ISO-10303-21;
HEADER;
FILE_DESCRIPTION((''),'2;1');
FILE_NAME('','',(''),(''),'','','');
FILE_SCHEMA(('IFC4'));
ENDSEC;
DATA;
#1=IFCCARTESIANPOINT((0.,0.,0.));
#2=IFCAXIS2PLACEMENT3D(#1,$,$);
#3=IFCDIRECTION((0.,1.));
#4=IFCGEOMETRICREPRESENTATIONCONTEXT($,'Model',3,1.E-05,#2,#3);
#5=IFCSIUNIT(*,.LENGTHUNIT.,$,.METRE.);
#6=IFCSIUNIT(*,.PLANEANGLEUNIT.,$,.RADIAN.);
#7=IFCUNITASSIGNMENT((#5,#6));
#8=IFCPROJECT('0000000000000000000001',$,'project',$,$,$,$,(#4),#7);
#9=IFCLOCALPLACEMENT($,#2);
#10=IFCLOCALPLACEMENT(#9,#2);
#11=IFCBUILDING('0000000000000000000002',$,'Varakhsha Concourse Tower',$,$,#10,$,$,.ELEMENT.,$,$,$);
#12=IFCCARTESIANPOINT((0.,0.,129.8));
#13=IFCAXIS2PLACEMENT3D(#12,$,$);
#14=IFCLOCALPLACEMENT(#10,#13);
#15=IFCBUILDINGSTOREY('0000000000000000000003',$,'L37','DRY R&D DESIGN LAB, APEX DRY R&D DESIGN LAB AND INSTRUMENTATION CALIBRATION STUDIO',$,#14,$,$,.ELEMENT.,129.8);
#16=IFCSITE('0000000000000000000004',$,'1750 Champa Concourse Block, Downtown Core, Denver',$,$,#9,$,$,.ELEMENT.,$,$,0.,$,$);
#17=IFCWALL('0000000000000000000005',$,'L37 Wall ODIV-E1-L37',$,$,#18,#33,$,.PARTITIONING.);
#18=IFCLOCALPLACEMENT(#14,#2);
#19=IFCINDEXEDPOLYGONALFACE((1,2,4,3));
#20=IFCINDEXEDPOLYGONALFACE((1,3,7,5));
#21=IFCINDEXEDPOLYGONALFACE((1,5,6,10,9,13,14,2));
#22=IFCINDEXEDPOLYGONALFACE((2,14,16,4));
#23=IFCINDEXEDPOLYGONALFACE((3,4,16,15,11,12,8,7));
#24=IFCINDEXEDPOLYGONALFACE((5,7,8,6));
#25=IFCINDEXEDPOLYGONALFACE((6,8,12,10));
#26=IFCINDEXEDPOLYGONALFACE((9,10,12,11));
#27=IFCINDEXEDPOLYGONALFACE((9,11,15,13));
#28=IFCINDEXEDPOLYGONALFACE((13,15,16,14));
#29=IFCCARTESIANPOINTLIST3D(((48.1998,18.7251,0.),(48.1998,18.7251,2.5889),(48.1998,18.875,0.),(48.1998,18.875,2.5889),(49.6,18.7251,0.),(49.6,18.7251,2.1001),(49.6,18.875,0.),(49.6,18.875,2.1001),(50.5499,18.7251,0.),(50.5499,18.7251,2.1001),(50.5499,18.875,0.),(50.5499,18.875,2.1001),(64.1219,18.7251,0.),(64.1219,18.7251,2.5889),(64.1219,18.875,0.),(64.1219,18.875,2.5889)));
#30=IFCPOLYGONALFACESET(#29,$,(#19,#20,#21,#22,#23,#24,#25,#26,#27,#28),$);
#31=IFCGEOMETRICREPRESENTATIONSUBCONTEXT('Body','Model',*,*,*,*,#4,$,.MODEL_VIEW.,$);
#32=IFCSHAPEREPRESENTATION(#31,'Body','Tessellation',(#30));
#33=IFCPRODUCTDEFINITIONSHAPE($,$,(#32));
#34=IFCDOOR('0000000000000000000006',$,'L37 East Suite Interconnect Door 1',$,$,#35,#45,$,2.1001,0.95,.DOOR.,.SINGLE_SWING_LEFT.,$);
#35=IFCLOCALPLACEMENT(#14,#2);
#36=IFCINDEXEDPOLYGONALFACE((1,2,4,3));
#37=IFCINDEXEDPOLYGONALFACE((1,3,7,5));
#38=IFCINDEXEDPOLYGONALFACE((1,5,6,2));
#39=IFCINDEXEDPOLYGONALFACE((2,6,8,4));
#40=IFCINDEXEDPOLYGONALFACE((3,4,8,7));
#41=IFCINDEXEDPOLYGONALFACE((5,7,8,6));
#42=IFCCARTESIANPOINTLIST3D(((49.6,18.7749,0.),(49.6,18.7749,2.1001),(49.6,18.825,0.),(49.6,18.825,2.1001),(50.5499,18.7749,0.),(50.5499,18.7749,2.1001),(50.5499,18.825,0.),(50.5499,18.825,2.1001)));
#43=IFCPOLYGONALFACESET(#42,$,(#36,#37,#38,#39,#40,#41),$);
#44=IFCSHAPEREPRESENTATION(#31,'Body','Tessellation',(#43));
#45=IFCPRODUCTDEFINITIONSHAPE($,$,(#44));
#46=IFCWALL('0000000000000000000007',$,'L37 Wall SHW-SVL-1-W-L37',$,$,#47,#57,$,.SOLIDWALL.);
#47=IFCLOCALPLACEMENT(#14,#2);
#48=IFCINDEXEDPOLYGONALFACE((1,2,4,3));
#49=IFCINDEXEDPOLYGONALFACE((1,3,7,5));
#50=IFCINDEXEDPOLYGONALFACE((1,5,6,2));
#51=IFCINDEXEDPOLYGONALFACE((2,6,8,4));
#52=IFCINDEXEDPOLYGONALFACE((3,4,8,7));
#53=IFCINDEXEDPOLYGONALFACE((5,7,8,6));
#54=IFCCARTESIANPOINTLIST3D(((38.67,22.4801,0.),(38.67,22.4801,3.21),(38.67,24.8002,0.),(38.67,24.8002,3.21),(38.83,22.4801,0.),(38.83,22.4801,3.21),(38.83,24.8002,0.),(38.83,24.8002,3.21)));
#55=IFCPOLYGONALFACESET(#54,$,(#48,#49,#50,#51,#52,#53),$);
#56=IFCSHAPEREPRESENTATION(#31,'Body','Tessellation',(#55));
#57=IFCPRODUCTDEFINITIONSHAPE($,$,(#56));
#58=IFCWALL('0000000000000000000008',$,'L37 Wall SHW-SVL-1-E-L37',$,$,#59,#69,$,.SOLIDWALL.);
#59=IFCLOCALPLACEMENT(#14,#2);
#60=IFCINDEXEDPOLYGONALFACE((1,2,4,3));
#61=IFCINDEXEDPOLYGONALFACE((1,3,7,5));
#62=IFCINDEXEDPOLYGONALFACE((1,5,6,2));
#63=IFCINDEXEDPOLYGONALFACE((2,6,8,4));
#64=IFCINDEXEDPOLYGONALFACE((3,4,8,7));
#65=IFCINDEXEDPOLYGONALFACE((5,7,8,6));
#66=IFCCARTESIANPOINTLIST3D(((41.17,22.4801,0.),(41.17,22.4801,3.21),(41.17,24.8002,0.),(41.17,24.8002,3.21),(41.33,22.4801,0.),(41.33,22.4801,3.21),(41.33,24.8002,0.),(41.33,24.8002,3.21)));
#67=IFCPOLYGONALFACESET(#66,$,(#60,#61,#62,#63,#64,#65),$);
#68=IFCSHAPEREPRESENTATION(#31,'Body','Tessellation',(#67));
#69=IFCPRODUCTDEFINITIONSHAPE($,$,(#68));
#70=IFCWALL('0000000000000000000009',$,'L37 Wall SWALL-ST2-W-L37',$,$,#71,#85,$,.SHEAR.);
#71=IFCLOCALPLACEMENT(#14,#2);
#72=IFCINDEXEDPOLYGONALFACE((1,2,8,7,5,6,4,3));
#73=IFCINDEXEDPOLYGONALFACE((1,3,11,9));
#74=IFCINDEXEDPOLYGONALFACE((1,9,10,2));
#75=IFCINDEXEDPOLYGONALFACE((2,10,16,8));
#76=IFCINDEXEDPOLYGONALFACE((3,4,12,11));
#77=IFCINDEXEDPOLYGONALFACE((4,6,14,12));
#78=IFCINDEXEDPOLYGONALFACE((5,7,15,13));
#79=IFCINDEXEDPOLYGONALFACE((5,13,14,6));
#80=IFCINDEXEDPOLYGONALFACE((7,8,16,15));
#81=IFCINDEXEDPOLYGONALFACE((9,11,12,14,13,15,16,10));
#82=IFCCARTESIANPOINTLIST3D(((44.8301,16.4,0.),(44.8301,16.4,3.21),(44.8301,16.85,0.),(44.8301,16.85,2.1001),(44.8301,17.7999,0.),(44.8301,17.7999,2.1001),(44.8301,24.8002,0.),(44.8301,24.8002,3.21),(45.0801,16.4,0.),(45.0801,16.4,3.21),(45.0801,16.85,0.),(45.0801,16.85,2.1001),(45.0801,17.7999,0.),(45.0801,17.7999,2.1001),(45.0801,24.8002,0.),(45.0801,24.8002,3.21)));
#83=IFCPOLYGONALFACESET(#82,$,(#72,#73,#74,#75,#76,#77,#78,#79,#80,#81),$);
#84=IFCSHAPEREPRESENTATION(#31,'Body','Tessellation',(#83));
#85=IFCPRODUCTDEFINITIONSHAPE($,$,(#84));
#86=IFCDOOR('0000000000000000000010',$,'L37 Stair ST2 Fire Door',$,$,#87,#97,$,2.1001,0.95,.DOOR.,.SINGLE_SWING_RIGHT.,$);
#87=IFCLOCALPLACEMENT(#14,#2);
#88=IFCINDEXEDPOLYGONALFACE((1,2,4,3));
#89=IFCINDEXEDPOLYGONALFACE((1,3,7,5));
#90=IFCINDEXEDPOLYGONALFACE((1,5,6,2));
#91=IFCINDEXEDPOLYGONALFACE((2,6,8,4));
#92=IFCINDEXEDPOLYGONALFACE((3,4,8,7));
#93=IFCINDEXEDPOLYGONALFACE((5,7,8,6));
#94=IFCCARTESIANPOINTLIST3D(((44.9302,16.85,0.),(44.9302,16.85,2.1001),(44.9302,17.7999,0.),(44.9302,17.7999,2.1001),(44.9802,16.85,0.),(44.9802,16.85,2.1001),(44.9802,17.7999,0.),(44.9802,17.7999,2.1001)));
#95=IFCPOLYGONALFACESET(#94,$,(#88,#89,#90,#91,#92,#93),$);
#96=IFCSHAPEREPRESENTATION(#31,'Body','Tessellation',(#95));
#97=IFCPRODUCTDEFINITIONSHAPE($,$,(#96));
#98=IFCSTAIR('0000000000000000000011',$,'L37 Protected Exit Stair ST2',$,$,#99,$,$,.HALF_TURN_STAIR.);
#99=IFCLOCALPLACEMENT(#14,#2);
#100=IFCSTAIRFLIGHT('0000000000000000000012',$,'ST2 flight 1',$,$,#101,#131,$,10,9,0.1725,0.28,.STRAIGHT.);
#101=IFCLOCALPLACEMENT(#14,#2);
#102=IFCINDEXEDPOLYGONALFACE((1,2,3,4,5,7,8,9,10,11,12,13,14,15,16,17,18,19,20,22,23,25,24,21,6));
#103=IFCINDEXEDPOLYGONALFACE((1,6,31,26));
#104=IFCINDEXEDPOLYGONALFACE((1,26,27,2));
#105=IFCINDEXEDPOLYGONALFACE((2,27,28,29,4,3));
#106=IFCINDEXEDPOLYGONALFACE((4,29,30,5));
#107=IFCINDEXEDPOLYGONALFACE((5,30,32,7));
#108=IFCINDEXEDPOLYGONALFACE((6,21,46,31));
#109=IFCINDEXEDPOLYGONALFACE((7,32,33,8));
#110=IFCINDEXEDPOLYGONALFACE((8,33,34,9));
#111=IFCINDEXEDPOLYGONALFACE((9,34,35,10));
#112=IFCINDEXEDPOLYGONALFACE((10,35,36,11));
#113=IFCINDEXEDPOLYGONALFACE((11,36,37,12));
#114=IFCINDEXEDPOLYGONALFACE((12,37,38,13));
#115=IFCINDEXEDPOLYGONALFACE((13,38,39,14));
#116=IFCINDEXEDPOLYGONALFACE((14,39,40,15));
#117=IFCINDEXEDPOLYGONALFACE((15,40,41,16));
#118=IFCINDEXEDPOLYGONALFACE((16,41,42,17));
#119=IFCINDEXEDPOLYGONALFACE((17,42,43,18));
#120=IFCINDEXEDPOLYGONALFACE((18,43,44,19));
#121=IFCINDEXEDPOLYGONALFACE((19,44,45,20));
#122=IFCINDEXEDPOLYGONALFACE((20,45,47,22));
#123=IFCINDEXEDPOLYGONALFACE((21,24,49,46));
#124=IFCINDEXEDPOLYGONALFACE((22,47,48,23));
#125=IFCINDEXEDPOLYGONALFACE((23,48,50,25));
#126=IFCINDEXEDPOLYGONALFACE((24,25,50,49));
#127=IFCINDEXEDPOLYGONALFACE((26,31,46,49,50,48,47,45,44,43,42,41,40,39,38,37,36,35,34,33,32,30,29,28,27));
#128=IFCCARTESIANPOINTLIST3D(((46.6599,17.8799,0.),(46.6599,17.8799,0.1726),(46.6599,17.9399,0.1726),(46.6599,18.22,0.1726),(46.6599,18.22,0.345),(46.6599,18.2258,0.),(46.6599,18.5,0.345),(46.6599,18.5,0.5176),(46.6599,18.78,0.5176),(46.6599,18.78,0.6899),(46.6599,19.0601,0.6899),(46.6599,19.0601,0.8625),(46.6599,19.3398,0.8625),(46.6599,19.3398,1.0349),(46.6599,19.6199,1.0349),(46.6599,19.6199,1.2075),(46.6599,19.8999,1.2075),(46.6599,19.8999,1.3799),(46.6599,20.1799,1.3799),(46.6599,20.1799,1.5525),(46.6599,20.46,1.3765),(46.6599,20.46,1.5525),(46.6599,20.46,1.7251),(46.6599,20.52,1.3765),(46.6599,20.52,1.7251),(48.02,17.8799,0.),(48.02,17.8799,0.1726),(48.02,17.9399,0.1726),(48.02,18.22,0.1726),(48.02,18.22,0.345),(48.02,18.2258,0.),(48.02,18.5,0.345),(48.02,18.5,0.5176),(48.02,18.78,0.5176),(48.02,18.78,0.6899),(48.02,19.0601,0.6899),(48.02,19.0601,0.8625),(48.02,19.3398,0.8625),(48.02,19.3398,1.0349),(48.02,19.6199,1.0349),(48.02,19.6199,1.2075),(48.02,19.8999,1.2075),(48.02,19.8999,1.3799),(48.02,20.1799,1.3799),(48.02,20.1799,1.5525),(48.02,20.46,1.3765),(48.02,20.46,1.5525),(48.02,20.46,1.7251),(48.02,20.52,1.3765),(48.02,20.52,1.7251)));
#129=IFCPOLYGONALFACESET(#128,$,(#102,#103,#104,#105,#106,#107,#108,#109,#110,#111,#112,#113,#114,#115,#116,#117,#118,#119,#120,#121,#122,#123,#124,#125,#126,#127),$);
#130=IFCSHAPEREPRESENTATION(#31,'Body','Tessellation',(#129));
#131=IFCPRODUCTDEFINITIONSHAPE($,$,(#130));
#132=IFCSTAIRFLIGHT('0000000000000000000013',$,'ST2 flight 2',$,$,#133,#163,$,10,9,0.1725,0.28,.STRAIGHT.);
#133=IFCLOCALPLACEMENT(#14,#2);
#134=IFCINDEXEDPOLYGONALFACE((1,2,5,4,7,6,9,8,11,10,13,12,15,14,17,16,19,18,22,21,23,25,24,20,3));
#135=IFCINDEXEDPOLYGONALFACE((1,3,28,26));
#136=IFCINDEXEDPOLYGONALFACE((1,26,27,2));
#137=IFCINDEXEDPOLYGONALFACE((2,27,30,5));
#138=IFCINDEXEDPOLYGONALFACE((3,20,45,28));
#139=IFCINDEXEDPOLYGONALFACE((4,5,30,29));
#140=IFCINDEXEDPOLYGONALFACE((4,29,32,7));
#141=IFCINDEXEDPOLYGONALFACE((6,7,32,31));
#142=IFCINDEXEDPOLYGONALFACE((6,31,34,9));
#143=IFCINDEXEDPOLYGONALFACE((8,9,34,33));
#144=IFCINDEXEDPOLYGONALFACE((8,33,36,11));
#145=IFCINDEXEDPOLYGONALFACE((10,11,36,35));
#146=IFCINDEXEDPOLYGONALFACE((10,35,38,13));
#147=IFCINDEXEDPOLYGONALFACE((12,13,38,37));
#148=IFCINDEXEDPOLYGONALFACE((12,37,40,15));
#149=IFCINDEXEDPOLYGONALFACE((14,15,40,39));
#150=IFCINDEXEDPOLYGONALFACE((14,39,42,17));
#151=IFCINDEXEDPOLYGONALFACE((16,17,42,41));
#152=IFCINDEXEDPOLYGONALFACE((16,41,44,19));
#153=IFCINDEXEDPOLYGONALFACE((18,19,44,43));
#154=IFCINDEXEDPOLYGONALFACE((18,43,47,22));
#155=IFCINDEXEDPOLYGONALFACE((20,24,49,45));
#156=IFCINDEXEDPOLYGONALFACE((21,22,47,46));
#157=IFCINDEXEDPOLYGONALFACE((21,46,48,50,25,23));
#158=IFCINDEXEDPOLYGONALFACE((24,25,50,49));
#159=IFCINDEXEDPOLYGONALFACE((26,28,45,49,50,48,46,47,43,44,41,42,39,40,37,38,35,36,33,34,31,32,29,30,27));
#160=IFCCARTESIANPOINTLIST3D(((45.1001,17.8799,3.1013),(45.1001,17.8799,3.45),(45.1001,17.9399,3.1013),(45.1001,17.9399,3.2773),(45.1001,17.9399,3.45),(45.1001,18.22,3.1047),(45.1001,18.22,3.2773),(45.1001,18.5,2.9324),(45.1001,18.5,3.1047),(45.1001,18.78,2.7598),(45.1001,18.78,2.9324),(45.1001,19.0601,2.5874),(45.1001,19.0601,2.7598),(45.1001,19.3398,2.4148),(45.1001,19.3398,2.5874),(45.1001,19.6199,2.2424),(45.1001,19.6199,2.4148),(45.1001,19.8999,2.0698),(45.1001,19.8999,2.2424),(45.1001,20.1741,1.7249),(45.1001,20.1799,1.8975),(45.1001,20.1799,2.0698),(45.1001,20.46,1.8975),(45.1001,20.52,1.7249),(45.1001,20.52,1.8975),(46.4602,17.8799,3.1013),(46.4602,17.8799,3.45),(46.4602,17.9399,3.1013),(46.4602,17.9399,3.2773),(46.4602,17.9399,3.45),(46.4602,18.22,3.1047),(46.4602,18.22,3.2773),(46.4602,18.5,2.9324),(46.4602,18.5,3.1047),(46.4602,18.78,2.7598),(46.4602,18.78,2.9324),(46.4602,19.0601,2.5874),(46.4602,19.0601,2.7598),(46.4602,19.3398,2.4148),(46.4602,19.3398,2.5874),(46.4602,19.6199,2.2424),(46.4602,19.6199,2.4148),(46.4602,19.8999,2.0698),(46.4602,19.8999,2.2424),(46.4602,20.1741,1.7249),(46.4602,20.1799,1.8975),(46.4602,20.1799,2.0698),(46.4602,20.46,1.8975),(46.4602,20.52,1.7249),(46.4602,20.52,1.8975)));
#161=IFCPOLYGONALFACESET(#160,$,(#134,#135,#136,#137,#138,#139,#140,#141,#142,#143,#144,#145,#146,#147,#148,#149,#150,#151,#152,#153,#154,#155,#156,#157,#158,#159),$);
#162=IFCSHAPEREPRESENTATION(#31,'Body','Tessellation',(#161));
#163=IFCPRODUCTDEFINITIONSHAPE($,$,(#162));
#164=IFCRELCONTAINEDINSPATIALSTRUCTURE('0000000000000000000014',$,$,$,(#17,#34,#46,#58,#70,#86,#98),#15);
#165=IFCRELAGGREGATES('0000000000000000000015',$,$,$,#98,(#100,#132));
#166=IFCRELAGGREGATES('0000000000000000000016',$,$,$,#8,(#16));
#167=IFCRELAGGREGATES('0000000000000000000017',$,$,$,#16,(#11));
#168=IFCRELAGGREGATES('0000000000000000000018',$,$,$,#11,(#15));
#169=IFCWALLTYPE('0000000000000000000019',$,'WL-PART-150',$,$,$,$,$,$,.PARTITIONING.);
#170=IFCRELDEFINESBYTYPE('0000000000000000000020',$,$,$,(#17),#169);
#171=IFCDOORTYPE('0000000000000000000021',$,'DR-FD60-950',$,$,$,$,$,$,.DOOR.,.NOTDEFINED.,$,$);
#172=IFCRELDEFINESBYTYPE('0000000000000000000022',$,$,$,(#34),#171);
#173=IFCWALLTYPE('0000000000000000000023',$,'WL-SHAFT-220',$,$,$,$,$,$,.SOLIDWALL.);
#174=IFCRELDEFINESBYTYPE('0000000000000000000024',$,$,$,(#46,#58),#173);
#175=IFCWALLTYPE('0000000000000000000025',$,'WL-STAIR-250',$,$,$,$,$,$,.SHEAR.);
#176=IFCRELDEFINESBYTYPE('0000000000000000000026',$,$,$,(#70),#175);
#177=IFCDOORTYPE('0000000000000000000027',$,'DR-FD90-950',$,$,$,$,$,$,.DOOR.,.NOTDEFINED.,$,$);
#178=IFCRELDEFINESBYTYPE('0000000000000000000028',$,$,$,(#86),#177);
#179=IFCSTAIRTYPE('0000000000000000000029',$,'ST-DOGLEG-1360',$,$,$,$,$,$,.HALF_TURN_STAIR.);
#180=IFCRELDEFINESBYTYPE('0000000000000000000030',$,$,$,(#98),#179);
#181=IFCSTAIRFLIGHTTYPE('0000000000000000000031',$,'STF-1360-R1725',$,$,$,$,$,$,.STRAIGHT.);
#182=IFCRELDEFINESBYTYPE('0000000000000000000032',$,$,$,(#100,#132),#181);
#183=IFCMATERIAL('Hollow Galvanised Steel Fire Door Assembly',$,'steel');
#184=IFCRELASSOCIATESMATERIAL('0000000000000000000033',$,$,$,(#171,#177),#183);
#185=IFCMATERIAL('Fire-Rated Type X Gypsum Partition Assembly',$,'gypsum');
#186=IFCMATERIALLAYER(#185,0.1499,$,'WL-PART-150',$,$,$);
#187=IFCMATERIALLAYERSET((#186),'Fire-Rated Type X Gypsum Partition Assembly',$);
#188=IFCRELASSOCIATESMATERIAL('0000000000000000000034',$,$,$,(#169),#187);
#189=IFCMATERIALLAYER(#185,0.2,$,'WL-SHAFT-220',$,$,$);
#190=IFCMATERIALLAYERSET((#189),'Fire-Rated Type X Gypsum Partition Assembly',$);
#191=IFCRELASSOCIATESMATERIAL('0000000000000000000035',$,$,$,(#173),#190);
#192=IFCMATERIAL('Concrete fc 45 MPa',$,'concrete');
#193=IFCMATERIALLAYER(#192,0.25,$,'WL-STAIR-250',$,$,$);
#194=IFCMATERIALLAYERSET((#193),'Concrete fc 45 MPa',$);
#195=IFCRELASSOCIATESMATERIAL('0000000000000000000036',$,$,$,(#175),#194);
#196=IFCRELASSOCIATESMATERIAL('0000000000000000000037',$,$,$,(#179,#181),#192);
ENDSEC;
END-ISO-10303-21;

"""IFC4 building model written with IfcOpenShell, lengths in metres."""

from ifc_helpers import new_model, si_unit, direction, frame, frame_2d, origin, place, context, subcontext, project, spatial, polyline, rectangle, outline, extrude, material, layer, layer_set, type_object, element, fill, aggregate, save


model = new_model("IFC4")

# Units and contexts
model_context = context("Model", 3, precision=1e-05, world=origin(), true_north=direction((0.0, 1.0)))
body_context = subcontext(model_context, "Body", "Model", "MODEL_VIEW")
ifc_project = project(units=[si_unit("LENGTHUNIT", "METRE"), si_unit("PLANEANGLEUNIT", "RADIAN")], contexts=[model_context])

# Site, building, storey
site_placement = place(None, origin())
site = spatial("IfcSite", under=ifc_project, at=site_placement, Name="1750 Champa Concourse Block, Downtown Core, Denver", CompositionType="ELEMENT", RefElevation=0.0)
building_placement = place(site_placement, origin())
building = spatial("IfcBuilding", under=site, at=building_placement, Name="Varakhsha Concourse Tower", CompositionType="ELEMENT")
storey_placement = place(building_placement, frame((0.0, 0.0, 129.8)))
storey = spatial("IfcBuildingStorey", under=building, at=storey_placement, Name="L37", Description="DRY R&D DESIGN LAB, APEX DRY R&D DESIGN LAB AND INSTRUMENTATION CALIBRATION STUDIO", CompositionType="ELEMENT", Elevation=129.8)

# Shared definitions
ifc_material_1 = material(Name="Fire-Rated Type X Gypsum Partition Assembly", Category="gypsum")
ifc_material_2 = material(Name="Hollow Galvanised Steel Fire Door Assembly", Category="steel")
door_type_1 = type_object("IfcDoorType", Name="DR-FD60-950", OperationType="NOTDEFINED", PredefinedType="DOOR", material=ifc_material_2)

# Shared definitions
ifc_layer_1 = layer(ifc_material_1, 0.1499, Name="WL-PART-150")
ifc_layer_set_1 = layer_set([ifc_layer_1], Name="Fire-Rated Type X Gypsum Partition Assembly")
wall_type_1 = type_object("IfcWallType", Name="WL-PART-150", PredefinedType="PARTITIONING", material=ifc_layer_set_1)

# Wall, opening, door
wall_1_placement = place(storey_placement, frame((48.2, 18.8, 0.0), z_axis=(0.0, 0.0, 1.0), x_axis=(1.0, 0.0, 0.0)))
wall_1 = element("IfcWall", 1, at=wall_1_placement, inside=storey, type_object=wall_type_1, Name="L37 Wall ODIV-E1-L37", PredefinedType="PARTITIONING", context=body_context, shape_type="SweptSolid", body=[
    extrude(rectangle(XDim=15.9221, YDim=0.1499, at=frame_2d((7.9609, 0.0))), origin(), (0.0, 0.0, 1.0), 2.5889),
])
opening_1_placement = place(wall_1_placement, frame((1.3999, 0.0, 0.0)))
opening_1 = element("IfcOpeningElement", 2, at=opening_1_placement, cuts=wall_1, PredefinedType="OPENING", context=body_context, shape_type="SweptSolid", body=[
    extrude(rectangle(XDim=0.95, YDim=2.1001, at=frame_2d((0.4751, 1.05))), frame((0.0, 0.085, 0.0), z_axis=(0.0, -1.0, 0.0), x_axis=(1.0, 0.0, 0.0)), (0.0, 0.0, 1.0), 0.1699),
])
door_1_placement = place(opening_1_placement, origin())
door_1 = element("IfcDoor", 3, at=door_1_placement, inside=storey, type_object=door_type_1, Name="L37 East Suite Interconnect Door 1", OperationType="SINGLE_SWING_LEFT", OverallHeight=2.1001, OverallWidth=0.95, PredefinedType="DOOR", context=body_context, shape_type="SweptSolid", body=[
    extrude(rectangle(XDim=0.95, YDim=2.1001, at=frame_2d((0.4751, 1.05))), frame((0.0, 0.0249, 0.0), z_axis=(0.0, -1.0, 0.0), x_axis=(1.0, 0.0, 0.0)), (0.0, 0.0, 1.0), 0.05),
])
fill(opening_1, door_1)

# Walls
ifc_layer_2 = layer(ifc_material_1, 0.2, Name="WL-SHAFT-220")
ifc_layer_set_2 = layer_set([ifc_layer_2], Name="Fire-Rated Type X Gypsum Partition Assembly")
wall_type_2 = type_object("IfcWallType", Name="WL-SHAFT-220", PredefinedType="SOLIDWALL", material=ifc_layer_set_2)
for number, where, z_axis, x_axis, name in (
    (4, (38.75, 22.48, 0.0), (0.0, 0.0, 1.0), (0.0, 1.0, 0.0), "L37 Wall SHW-SVL-1-W-L37"),
    (5, (41.25, 22.48, 0.0), (0.0, 0.0, 1.0), (0.0, 1.0, 0.0), "L37 Wall SHW-SVL-1-E-L37"),
):
    element("IfcWall", number, at=place(storey_placement, frame(where, z_axis=z_axis, x_axis=x_axis)), inside=storey, type_object=wall_type_2, Name=name, PredefinedType="SOLIDWALL", context=body_context, shape_type="SweptSolid", body=[
        extrude(rectangle(XDim=2.3201, YDim=0.1599, at=frame_2d((1.1602, 0.0))), origin(), (0.0, 0.0, 1.0), 3.21),
    ])

# Wall, opening, door
ifc_material_3 = material(Name="Concrete fc 45 MPa", Category="concrete")
ifc_layer_3 = layer(ifc_material_3, 0.25, Name="WL-STAIR-250")
ifc_layer_set_3 = layer_set([ifc_layer_3], Name="Concrete fc 45 MPa")
wall_type_3 = type_object("IfcWallType", Name="WL-STAIR-250", PredefinedType="SHEAR", material=ifc_layer_set_3)
wall_2_placement = place(storey_placement, frame((44.9551, 16.3999, 0.0), z_axis=(0.0, 0.0, 1.0), x_axis=(0.0, 1.0, 0.0)))
wall_2 = element("IfcWall", 6, at=wall_2_placement, inside=storey, type_object=wall_type_3, Name="L37 Wall SWALL-ST2-W-L37", PredefinedType="SHEAR", context=body_context, shape_type="SweptSolid", body=[
    extrude(rectangle(XDim=8.4001, YDim=0.25, at=frame_2d((4.2002, 0.0))), origin(), (0.0, 0.0, 1.0), 3.21),
])
opening_2_placement = place(wall_2_placement, frame((0.45, 0.0, 0.0)))
opening_2 = element("IfcOpeningElement", 7, at=opening_2_placement, cuts=wall_2, PredefinedType="OPENING", context=body_context, shape_type="SweptSolid", body=[
    extrude(rectangle(XDim=0.95, YDim=2.1001, at=frame_2d((0.4751, 1.05))), frame((0.0, 0.135, 0.0), z_axis=(0.0, -1.0, 0.0), x_axis=(1.0, 0.0, 0.0)), (0.0, 0.0, 1.0), 0.27),
])
door_type_2 = type_object("IfcDoorType", Name="DR-FD90-950", OperationType="NOTDEFINED", PredefinedType="DOOR", material=ifc_material_2)
door_2_placement = place(opening_2_placement, origin())
door_2 = element("IfcDoor", 8, at=door_2_placement, inside=storey, type_object=door_type_2, Name="L37 Stair ST2 Fire Door", OperationType="SINGLE_SWING_RIGHT", OverallHeight=2.1001, OverallWidth=0.95, PredefinedType="DOOR", context=body_context, shape_type="SweptSolid", body=[
    extrude(rectangle(XDim=0.95, YDim=2.1001, at=frame_2d((0.4751, 1.05))), frame((0.0, 0.0249, 0.0), z_axis=(0.0, -1.0, 0.0), x_axis=(1.0, 0.0, 0.0)), (0.0, 0.0, 1.0), 0.05),
])
fill(opening_2, door_2)

# Stair, stair flights
stair_type = type_object("IfcStairType", Name="ST-DOGLEG-1360", PredefinedType="HALF_TURN_STAIR", material=ifc_material_3)
stair_placement = place(storey_placement, origin())
stair = element("IfcStair", 9, at=stair_placement, inside=storey, type_object=stair_type, Name="L37 Protected Exit Stair ST2", PredefinedType="HALF_TURN_STAIR")
stair_flight_type = type_object("IfcStairFlightType", Name="STF-1360-R1725", PredefinedType="STRAIGHT", material=ifc_material_3)
stair_flight_1_placement = place(storey_placement, frame((47.3401, 17.9399, 0.0), z_axis=(0.0, 0.0, 1.0), x_axis=(0.0, 1.0, 0.0)))
stair_flight_1 = element("IfcStairFlight", 10, at=stair_flight_1_placement, type_object=stair_flight_type, Name="ST2 flight 1", NumberOfRisers=10, NumberOfTreads=9, PredefinedType="STRAIGHT", RiserHeight=0.1725, TreadLength=0.28, context=body_context, shape_type="SweptSolid", body=[
    extrude(outline(polyline([(-0.0601, 0.0), (-0.0601, 0.1726), (0.0, 0.1726), (0.28, 0.1726), (0.28, 0.345), (0.5601, 0.345), (0.5601, 0.5176), (0.8401, 0.5176), (0.8401, 0.6899), (1.1201, 0.6899), (1.1201, 0.8625), (1.3999, 0.8625), (1.3999, 1.0349), (1.6799, 1.0349), (1.6799, 1.2075), (1.96, 1.2075), (1.96, 1.3799), (2.24, 1.3799), (2.24, 1.5525), (2.52, 1.5525), (2.52, 1.7251), (2.5801, 1.7251), (2.5801, 1.3765), (2.52, 1.3765), (0.2859, 0.0), (-0.0601, 0.0)])), frame((0.0, 0.6802, 0.0), z_axis=(0.0, -1.0, 0.0), x_axis=(1.0, 0.0, 0.0)), (0.0, 0.0, 1.0), 1.3601),
])
stair_flight_2_placement = place(storey_placement, frame((45.78, 20.46, 1.7249), z_axis=(0.0, 0.0, 1.0), x_axis=(0.0, -1.0, 0.0)))
stair_flight_2 = element("IfcStairFlight", 11, at=stair_flight_2_placement, type_object=stair_flight_type, Name="ST2 flight 2", NumberOfRisers=10, NumberOfTreads=9, PredefinedType="STRAIGHT", RiserHeight=0.1725, TreadLength=0.28, context=body_context, shape_type="SweptSolid", body=[
    extrude(outline(polyline([(-0.0601, 0.0), (-0.0601, 0.1726), (0.0, 0.1726), (0.28, 0.1726), (0.28, 0.345), (0.5601, 0.345), (0.5601, 0.5176), (0.8401, 0.5176), (0.8401, 0.6899), (1.1201, 0.6899), (1.1201, 0.8625), (1.3999, 0.8625), (1.3999, 1.0349), (1.6799, 1.0349), (1.6799, 1.2075), (1.96, 1.2075), (1.96, 1.3799), (2.24, 1.3799), (2.24, 1.5525), (2.52, 1.5525), (2.52, 1.7251), (2.5801, 1.7251), (2.5801, 1.3765), (2.52, 1.3765), (0.2859, 0.0), (-0.0601, 0.0)])), frame((0.0, 0.6802, 0.0), z_axis=(0.0, -1.0, 0.0), x_axis=(1.0, 0.0, 0.0)), (0.0, 0.0, 1.0), 1.3601),
])
aggregate(stair, [stair_flight_1, stair_flight_2])

save(model, "model.ifc")
